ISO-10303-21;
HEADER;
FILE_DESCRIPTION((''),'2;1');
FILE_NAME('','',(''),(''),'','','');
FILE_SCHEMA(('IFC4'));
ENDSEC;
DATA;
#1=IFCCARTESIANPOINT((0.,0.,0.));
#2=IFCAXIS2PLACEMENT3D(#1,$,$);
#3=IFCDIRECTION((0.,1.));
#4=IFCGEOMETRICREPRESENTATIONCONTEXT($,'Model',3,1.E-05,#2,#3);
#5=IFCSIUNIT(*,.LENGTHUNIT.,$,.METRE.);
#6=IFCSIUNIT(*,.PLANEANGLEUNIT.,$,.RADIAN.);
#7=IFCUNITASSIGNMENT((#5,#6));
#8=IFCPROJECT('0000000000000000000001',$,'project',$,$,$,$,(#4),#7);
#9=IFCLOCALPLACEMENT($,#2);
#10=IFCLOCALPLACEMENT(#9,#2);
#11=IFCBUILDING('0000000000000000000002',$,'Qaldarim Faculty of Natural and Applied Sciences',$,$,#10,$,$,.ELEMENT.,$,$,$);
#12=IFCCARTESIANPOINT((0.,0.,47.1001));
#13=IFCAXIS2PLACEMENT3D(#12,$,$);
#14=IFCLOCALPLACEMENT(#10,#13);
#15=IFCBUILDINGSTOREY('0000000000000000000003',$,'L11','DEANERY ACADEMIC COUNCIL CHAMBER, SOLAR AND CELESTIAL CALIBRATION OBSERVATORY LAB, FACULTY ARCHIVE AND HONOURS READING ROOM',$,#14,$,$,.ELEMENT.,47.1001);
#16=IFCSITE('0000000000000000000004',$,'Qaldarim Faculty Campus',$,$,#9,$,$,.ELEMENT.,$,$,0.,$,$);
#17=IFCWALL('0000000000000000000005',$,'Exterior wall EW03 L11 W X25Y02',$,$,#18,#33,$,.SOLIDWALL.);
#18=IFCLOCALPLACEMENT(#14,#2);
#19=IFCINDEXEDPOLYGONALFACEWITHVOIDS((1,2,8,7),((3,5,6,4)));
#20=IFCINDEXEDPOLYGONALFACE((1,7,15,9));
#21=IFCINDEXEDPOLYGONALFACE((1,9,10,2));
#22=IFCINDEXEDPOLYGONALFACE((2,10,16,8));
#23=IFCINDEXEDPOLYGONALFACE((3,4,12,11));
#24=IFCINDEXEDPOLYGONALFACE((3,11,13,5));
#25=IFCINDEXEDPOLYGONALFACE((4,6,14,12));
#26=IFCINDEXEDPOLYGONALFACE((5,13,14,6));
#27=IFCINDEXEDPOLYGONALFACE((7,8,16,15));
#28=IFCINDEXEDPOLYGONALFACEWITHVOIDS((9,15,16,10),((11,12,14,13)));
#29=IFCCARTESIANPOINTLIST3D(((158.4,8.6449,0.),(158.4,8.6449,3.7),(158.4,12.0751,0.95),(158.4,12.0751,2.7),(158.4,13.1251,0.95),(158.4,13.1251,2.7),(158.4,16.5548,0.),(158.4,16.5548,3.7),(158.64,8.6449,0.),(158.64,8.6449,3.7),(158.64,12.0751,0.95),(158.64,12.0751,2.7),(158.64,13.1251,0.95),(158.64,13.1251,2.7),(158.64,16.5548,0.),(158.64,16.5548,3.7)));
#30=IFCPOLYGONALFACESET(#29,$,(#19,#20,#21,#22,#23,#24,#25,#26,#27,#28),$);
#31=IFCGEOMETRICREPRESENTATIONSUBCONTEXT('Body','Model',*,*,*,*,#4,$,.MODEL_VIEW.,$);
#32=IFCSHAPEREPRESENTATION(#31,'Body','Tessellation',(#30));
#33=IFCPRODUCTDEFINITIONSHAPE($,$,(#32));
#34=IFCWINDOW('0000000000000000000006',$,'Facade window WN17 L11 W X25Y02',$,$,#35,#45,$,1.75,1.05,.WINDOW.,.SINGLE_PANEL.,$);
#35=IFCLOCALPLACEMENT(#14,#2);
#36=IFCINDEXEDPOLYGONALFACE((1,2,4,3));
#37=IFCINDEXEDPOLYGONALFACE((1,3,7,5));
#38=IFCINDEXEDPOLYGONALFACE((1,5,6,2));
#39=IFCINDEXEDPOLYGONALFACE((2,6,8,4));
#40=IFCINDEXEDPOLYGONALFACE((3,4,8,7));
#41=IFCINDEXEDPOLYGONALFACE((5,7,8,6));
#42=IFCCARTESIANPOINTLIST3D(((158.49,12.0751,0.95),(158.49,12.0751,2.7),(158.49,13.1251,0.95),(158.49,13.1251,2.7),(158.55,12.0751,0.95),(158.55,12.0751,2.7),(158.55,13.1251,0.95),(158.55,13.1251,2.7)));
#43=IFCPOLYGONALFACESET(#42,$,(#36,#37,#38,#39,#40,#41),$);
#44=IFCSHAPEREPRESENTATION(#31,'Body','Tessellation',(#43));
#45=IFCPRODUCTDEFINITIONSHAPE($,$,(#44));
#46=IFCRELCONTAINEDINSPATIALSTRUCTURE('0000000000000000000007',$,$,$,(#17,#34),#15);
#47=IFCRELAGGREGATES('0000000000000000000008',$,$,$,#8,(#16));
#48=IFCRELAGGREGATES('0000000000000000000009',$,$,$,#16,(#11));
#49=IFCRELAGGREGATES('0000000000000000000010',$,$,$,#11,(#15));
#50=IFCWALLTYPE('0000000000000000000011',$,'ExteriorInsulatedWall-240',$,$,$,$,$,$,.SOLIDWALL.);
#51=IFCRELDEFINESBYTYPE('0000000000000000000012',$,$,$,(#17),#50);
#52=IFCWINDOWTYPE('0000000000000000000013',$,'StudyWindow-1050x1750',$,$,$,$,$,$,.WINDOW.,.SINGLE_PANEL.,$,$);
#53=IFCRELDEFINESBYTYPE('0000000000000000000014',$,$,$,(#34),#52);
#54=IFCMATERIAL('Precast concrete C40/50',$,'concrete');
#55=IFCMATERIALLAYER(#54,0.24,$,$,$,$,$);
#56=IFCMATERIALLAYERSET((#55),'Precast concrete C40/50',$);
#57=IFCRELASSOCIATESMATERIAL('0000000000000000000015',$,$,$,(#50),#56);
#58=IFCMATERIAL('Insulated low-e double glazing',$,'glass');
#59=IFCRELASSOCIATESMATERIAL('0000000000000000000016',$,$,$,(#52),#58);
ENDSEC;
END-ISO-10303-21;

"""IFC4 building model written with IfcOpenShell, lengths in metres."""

from ifc_helpers import new_model, si_unit, direction, frame, frame_2d, origin, place, context, subcontext, project, spatial, rectangle, extrude, material, layer, layer_set, type_object, element, fill, save


model = new_model("IFC4")

# Units and contexts
model_context = context("Model", 3, precision=1e-05, world=origin(), true_north=direction((0.0, 1.0)))
body_context = subcontext(model_context, "Body", "Model", "MODEL_VIEW")
ifc_project = project(units=[si_unit("LENGTHUNIT", "METRE"), si_unit("PLANEANGLEUNIT", "RADIAN")], contexts=[model_context])

# Site, building, storey
site_placement = place(None, origin())
site = spatial("IfcSite", under=ifc_project, at=site_placement, Name="Qaldarim Faculty Campus", CompositionType="ELEMENT", RefElevation=0.0)
building_placement = place(site_placement, origin())
building = spatial("IfcBuilding", under=site, at=building_placement, Name="Qaldarim Faculty of Natural and Applied Sciences", CompositionType="ELEMENT")
storey_placement = place(building_placement, frame((0.0, 0.0, 47.1001)))
storey = spatial("IfcBuildingStorey", under=building, at=storey_placement, Name="L11", Description="DEANERY ACADEMIC COUNCIL CHAMBER, SOLAR AND CELESTIAL CALIBRATION OBSERVATORY LAB, FACULTY ARCHIVE AND HONOURS READING ROOM", CompositionType="ELEMENT", Elevation=47.1001)

# Shared definitions
ifc_material_1 = material(Name="Precast concrete C40/50", Category="concrete")
ifc_layer_1 = layer(ifc_material_1, 0.24)
ifc_layer_set_1 = layer_set([ifc_layer_1], Name="Precast concrete C40/50")
wall_type = type_object("IfcWallType", Name="ExteriorInsulatedWall-240", PredefinedType="SOLIDWALL", material=ifc_layer_set_1)

# Wall, opening, window
wall_1_placement = place(storey_placement, frame((158.52, 16.5549, 0.0), z_axis=(0.0, 0.0, 1.0), x_axis=(0.0, -1.0, 0.0)))
wall_1 = element("IfcWall", 1, at=wall_1_placement, inside=storey, type_object=wall_type, Name="Exterior wall EW03 L11 W X25Y02", PredefinedType="SOLIDWALL", context=body_context, shape_type="SweptSolid", body=[
    extrude(rectangle(XDim=7.9099, YDim=0.24, at=frame_2d((3.9551, 0.0))), origin(), (0.0, 0.0, 1.0), 3.7),
])
opening_placement = place(wall_1_placement, frame((3.4299, 0.0, 0.95)))
opening = element("IfcOpeningElement", 2, at=opening_placement, cuts=wall_1, PredefinedType="OPENING", context=body_context, shape_type="SweptSolid", body=[
    extrude(rectangle(XDim=1.05, YDim=1.75, at=frame_2d((0.5249, 0.875))), frame((0.0, 0.1299, 0.0), z_axis=(0.0, -1.0, 0.0), x_axis=(1.0, 0.0, 0.0)), (0.0, 0.0, 1.0), 0.26),
])
ifc_material_2 = material(Name="Insulated low-e double glazing", Category="glass")
window_type = type_object("IfcWindowType", Name="StudyWindow-1050x1750", PartitioningType="SINGLE_PANEL", PredefinedType="WINDOW", material=ifc_material_2)
window_placement = place(opening_placement, origin())
window = element("IfcWindow", 3, at=window_placement, inside=storey, type_object=window_type, Name="Facade window WN17 L11 W X25Y02", OverallHeight=1.75, OverallWidth=1.05, PartitioningType="SINGLE_PANEL", PredefinedType="WINDOW", context=body_context, shape_type="SweptSolid", body=[
    extrude(rectangle(XDim=1.05, YDim=1.75, at=frame_2d((0.5249, 0.875))), frame((0.0, 0.03, 0.0), z_axis=(0.0, -1.0, 0.0), x_axis=(1.0, 0.0, 0.0)), (0.0, 0.0, 1.0), 0.0601),
])
fill(opening, window)

save(model, "model.ifc")
